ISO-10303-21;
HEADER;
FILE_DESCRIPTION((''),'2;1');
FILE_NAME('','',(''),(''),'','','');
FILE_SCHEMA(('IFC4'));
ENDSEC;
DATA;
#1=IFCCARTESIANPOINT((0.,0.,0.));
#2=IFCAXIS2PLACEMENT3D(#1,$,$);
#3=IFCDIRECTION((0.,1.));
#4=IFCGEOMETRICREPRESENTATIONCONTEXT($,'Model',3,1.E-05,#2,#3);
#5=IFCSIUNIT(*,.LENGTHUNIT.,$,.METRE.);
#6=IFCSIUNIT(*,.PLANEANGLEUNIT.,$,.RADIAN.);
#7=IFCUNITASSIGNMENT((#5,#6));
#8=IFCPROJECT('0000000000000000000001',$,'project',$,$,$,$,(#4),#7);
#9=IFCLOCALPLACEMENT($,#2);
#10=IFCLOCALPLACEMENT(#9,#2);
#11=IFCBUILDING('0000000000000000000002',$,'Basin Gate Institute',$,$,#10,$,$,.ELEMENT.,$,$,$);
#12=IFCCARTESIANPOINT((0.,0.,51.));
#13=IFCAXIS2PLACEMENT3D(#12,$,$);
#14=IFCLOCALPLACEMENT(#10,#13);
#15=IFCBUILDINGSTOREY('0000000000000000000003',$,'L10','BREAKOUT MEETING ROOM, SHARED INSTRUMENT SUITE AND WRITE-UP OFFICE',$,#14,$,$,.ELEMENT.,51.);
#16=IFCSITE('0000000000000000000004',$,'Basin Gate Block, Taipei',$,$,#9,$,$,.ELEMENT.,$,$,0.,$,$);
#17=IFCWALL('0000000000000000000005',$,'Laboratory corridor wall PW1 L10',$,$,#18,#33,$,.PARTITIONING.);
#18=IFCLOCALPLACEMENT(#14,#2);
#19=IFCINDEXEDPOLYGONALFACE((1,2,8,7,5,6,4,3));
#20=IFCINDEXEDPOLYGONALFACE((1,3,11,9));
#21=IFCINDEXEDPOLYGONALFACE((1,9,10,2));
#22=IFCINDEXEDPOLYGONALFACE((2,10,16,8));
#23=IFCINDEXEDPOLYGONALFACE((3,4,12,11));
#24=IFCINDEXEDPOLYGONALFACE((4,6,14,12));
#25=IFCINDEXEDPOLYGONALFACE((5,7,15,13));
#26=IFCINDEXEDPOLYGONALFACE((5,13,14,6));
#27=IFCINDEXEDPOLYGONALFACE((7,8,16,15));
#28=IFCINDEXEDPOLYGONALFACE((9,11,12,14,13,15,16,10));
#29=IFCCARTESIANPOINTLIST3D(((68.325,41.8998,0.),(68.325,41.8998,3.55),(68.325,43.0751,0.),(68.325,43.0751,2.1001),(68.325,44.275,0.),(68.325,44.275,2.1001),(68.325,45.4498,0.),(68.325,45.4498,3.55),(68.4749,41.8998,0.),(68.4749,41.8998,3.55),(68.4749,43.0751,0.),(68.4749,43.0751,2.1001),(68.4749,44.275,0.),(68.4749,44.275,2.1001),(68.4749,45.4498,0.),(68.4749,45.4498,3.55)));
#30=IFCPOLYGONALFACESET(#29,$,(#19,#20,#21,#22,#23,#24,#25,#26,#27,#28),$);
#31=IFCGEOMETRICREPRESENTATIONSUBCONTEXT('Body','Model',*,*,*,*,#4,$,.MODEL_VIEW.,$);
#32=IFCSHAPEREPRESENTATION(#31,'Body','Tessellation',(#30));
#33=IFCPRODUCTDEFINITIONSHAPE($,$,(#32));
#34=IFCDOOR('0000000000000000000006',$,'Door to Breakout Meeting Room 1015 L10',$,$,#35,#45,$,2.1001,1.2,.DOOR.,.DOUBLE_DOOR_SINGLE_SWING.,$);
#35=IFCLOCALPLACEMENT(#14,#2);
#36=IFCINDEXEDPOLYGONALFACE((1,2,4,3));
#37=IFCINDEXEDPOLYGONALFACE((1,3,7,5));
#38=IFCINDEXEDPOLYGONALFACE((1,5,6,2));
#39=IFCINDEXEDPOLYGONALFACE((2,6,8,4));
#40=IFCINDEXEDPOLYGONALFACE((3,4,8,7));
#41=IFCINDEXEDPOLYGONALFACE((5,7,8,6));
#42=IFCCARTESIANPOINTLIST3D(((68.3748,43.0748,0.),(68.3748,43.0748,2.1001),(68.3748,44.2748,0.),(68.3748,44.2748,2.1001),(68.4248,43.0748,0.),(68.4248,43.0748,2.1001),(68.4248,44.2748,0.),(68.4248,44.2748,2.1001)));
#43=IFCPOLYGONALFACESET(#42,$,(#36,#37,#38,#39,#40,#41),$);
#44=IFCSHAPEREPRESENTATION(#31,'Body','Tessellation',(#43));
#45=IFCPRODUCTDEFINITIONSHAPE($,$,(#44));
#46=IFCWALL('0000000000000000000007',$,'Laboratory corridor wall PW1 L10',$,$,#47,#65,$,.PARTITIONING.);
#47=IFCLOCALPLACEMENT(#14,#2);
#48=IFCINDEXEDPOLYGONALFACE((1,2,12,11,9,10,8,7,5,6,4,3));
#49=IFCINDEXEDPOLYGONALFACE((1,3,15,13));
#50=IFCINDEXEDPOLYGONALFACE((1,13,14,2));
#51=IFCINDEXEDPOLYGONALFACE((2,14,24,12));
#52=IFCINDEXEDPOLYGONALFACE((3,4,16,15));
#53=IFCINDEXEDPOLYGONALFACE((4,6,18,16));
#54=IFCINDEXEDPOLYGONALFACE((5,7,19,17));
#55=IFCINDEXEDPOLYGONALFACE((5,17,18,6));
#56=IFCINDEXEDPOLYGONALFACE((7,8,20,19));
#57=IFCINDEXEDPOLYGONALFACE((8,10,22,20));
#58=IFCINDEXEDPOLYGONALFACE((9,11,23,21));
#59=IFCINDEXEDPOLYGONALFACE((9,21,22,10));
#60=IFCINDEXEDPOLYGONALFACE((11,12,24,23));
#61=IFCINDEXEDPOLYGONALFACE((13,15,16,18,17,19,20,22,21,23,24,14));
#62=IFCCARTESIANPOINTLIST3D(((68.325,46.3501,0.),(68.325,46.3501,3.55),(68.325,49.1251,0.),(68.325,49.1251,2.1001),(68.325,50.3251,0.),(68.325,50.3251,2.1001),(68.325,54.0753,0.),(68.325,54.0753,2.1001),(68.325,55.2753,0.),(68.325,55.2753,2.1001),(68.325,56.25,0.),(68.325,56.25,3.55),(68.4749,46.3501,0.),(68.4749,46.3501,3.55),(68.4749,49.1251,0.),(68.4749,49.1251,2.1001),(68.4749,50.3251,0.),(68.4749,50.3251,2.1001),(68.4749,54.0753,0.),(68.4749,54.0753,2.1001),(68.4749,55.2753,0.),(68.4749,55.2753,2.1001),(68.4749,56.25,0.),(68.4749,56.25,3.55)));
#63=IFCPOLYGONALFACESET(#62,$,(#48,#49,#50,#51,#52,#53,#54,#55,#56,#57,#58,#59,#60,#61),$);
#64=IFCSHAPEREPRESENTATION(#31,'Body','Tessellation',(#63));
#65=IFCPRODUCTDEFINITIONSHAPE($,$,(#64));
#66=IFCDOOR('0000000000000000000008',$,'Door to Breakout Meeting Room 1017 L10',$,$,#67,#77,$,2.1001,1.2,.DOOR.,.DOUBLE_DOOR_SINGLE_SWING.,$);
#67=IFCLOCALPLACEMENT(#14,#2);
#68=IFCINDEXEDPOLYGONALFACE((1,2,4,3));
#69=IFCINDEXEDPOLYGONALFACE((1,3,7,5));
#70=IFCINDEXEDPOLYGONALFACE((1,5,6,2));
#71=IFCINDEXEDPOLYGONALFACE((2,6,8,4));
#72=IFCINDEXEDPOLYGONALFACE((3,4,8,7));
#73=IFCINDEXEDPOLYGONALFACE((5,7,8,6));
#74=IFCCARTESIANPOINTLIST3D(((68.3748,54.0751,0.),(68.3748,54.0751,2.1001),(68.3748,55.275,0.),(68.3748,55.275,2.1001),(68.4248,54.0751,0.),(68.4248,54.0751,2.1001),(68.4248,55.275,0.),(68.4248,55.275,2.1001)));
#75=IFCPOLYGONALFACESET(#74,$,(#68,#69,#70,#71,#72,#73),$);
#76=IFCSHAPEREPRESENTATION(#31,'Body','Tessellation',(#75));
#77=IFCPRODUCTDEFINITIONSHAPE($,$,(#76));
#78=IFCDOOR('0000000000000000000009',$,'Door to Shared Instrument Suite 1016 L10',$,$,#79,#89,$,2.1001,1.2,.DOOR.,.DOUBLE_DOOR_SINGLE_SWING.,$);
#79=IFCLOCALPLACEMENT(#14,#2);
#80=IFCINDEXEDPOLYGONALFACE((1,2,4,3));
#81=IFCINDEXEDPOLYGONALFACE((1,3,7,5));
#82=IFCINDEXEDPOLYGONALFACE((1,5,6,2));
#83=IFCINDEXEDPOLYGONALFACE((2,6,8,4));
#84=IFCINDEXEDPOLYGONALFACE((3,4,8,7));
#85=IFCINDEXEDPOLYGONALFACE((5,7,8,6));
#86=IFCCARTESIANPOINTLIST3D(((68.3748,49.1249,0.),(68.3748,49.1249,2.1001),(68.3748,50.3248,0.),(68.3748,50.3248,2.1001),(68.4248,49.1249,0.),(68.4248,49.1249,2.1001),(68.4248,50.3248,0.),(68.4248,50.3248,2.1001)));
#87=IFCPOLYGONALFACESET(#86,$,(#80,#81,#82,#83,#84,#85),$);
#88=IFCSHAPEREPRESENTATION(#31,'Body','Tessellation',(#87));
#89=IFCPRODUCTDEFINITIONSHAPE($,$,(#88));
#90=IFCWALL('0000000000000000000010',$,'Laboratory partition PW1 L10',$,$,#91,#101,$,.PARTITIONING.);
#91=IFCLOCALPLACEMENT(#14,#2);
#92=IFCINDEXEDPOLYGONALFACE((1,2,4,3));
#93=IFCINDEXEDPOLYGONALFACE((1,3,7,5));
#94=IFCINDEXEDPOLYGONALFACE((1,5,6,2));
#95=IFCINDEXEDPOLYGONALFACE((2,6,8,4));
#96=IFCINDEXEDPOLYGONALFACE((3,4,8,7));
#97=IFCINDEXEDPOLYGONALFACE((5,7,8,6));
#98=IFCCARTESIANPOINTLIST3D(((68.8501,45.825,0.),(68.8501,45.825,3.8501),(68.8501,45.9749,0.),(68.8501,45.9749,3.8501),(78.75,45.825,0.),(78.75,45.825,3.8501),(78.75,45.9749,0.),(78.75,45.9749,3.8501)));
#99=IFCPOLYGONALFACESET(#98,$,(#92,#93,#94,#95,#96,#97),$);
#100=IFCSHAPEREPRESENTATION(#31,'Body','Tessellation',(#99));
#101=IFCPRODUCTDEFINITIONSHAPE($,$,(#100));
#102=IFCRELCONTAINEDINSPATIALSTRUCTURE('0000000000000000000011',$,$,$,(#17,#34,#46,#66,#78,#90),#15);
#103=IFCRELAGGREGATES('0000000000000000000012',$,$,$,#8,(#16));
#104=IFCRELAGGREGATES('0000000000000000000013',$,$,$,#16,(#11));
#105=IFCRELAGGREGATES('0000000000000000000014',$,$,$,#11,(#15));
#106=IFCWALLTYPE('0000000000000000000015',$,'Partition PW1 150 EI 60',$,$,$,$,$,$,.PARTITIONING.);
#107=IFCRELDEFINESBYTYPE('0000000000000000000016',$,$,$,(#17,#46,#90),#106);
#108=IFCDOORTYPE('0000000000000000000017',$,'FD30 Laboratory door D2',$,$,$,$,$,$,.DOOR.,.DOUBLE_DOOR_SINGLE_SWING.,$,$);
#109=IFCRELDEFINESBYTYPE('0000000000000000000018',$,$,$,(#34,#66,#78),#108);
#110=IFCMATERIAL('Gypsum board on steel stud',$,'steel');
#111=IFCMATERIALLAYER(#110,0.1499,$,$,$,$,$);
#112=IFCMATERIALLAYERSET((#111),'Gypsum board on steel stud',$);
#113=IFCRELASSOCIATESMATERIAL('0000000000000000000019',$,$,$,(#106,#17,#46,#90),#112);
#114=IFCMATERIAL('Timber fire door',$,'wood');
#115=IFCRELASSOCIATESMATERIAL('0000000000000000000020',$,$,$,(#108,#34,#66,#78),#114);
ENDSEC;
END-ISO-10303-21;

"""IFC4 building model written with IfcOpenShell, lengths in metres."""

from ifc_helpers import new_model, si_unit, direction, frame, frame_2d, origin, place, context, subcontext, project, spatial, rectangle, extrude, material, layer, layer_set, type_object, element, fill, save


model = new_model("IFC4")

# Units and contexts
model_context = context("Model", 3, precision=1e-05, world=origin(), true_north=direction((0.0, 1.0)))
body_context = subcontext(model_context, "Body", "Model", "MODEL_VIEW")
ifc_project = project(units=[si_unit("LENGTHUNIT", "METRE"), si_unit("PLANEANGLEUNIT", "RADIAN")], contexts=[model_context])

# Site, building, storey
site_placement = place(None, origin())
site = spatial("IfcSite", under=ifc_project, at=site_placement, Name="Basin Gate Block, Taipei", CompositionType="ELEMENT", RefElevation=0.0)
building_placement = place(site_placement, origin())
building = spatial("IfcBuilding", under=site, at=building_placement, Name="Basin Gate Institute", CompositionType="ELEMENT")
storey_placement = place(building_placement, frame((0.0, 0.0, 51.0)))
storey = spatial("IfcBuildingStorey", under=building, at=storey_placement, Name="L10", Description="BREAKOUT MEETING ROOM, SHARED INSTRUMENT SUITE AND WRITE-UP OFFICE", CompositionType="ELEMENT", Elevation=51.0)

# Wall, opening, door
ifc_material_1 = material(Name="Gypsum board on steel stud", Category="steel")
ifc_layer_1 = layer(ifc_material_1, 0.1499)
ifc_layer_set_1 = layer_set([ifc_layer_1], Name="Gypsum board on steel stud")
wall_type_1 = type_object("IfcWallType", Name="Partition PW1 150 EI 60", PredefinedType="PARTITIONING", material=ifc_layer_set_1)
wall_1_placement = place(storey_placement, frame((68.3999, 41.8999, 0.0), z_axis=(0.0, 0.0, 1.0), x_axis=(0.0, 1.0, 0.0)))
wall_1 = element("IfcWall", 1, at=wall_1_placement, inside=storey, type_object=wall_type_1, material=ifc_layer_set_1, Name="Laboratory corridor wall PW1 L10", PredefinedType="PARTITIONING", context=body_context, shape_type="SweptSolid", body=[
    extrude(rectangle(XDim=3.55, YDim=0.1499, at=frame_2d((1.7749, 0.0))), origin(), (0.0, 0.0, 1.0), 3.55),
])
opening_1_placement = place(wall_1_placement, frame((1.175, 0.0, 0.0)))
opening_1 = element("IfcOpeningElement", 2, at=opening_1_placement, cuts=wall_1, PredefinedType="OPENING", context=body_context, shape_type="SweptSolid", body=[
    extrude(rectangle(XDim=1.2, YDim=2.1001, at=frame_2d((0.6001, 1.05))), frame((0.0, 0.085, 0.0), z_axis=(0.0, -1.0, 0.0), x_axis=(1.0, 0.0, 0.0)), (0.0, 0.0, 1.0), 0.1699),
])
ifc_material_2 = material(Name="Timber fire door", Category="wood")
door_type_1 = type_object("IfcDoorType", Name="FD30 Laboratory door D2", OperationType="DOUBLE_DOOR_SINGLE_SWING", PredefinedType="DOOR", material=ifc_material_2)
door_1_placement = place(opening_1_placement, frame((1.2, 0.0, 0.0), z_axis=(0.0, 0.0, 1.0), x_axis=(-1.0, 0.0, 0.0)))
door_1 = element("IfcDoor", 3, at=door_1_placement, inside=storey, type_object=door_type_1, material=ifc_material_2, Name="Door to Breakout Meeting Room 1015 L10", OperationType="DOUBLE_DOOR_SINGLE_SWING", OverallHeight=2.1001, OverallWidth=1.2, PredefinedType="DOOR", context=body_context, shape_type="SweptSolid", body=[
    extrude(rectangle(XDim=1.2, YDim=2.1001, at=frame_2d((0.6001, 1.05))), frame((0.0, 0.0249, 0.0), z_axis=(0.0, -1.0, 0.0), x_axis=(1.0, 0.0, 0.0)), (0.0, 0.0, 1.0), 0.05),
])
fill(opening_1, door_1)

# Wall, openings, doors
wall_2_placement = place(storey_placement, frame((68.3999, 46.3501, 0.0), z_axis=(0.0, 0.0, 1.0), x_axis=(0.0, 1.0, 0.0)))
wall_2 = element("IfcWall", 4, at=wall_2_placement, inside=storey, type_object=wall_type_1, material=ifc_layer_set_1, Name="Laboratory corridor wall PW1 L10", PredefinedType="PARTITIONING", context=body_context, shape_type="SweptSolid", body=[
    extrude(rectangle(XDim=9.8999, YDim=0.1499, at=frame_2d((4.95, 0.0))), origin(), (0.0, 0.0, 1.0), 3.55),
])
opening_2_placement = place(wall_2_placement, frame((7.7251, 0.0, 0.0)))
opening_2 = element("IfcOpeningElement", 5, at=opening_2_placement, cuts=wall_2, PredefinedType="OPENING", context=body_context, shape_type="SweptSolid", body=[
    extrude(rectangle(XDim=1.2, YDim=2.1001, at=frame_2d((0.6001, 1.05))), frame((0.0, 0.085, 0.0), z_axis=(0.0, -1.0, 0.0), x_axis=(1.0, 0.0, 0.0)), (0.0, 0.0, 1.0), 0.1699),
])
opening_3_placement = place(wall_2_placement, frame((2.7749, 0.0, 0.0)))
opening_3 = element("IfcOpeningElement", 6, at=opening_3_placement, cuts=wall_2, PredefinedType="OPENING", context=body_context, shape_type="SweptSolid", body=[
    extrude(rectangle(XDim=1.2, YDim=2.1001, at=frame_2d((0.6001, 1.05))), frame((0.0, 0.085, 0.0), z_axis=(0.0, -1.0, 0.0), x_axis=(1.0, 0.0, 0.0)), (0.0, 0.0, 1.0), 0.1699),
])
door_2_placement = place(opening_2_placement, frame((1.2, 0.0, 0.0), z_axis=(0.0, 0.0, 1.0), x_axis=(-1.0, 0.0, 0.0)))
door_2 = element("IfcDoor", 7, at=door_2_placement, inside=storey, type_object=door_type_1, material=ifc_material_2, Name="Door to Breakout Meeting Room 1017 L10", OperationType="DOUBLE_DOOR_SINGLE_SWING", OverallHeight=2.1001, OverallWidth=1.2, PredefinedType="DOOR", context=body_context, shape_type="SweptSolid", body=[
    extrude(rectangle(XDim=1.2, YDim=2.1001, at=frame_2d((0.6001, 1.05))), frame((0.0, 0.0249, 0.0), z_axis=(0.0, -1.0, 0.0), x_axis=(1.0, 0.0, 0.0)), (0.0, 0.0, 1.0), 0.05),
])
fill(opening_2, door_2)
door_3_placement = place(opening_3_placement, frame((1.2, 0.0, 0.0), z_axis=(0.0, 0.0, 1.0), x_axis=(-1.0, 0.0, 0.0)))
door_3 = element("IfcDoor", 8, at=door_3_placement, inside=storey, type_object=door_type_1, material=ifc_material_2, Name="Door to Shared Instrument Suite 1016 L10", OperationType="DOUBLE_DOOR_SINGLE_SWING", OverallHeight=2.1001, OverallWidth=1.2, PredefinedType="DOOR", context=body_context, shape_type="SweptSolid", body=[
    extrude(rectangle(XDim=1.2, YDim=2.1001, at=frame_2d((0.6001, 1.05))), frame((0.0, 0.0249, 0.0), z_axis=(0.0, -1.0, 0.0), x_axis=(1.0, 0.0, 0.0)), (0.0, 0.0, 1.0), 0.05),
])
fill(opening_3, door_3)

# Wall
wall_3_placement = place(storey_placement, frame((68.8501, 45.8999, 0.0), z_axis=(0.0, 0.0, 1.0), x_axis=(1.0, 0.0, 0.0)))
element("IfcWall", 9, at=wall_3_placement, inside=storey, type_object=wall_type_1, material=ifc_layer_set_1, Name="Laboratory partition PW1 L10", PredefinedType="PARTITIONING", context=body_context, shape_type="SweptSolid", body=[
    extrude(rectangle(XDim=9.8999, YDim=0.1499, at=frame_2d((4.95, 0.0))), origin(), (0.0, 0.0, 1.0), 3.8501),
])

save(model, "model.ifc")
